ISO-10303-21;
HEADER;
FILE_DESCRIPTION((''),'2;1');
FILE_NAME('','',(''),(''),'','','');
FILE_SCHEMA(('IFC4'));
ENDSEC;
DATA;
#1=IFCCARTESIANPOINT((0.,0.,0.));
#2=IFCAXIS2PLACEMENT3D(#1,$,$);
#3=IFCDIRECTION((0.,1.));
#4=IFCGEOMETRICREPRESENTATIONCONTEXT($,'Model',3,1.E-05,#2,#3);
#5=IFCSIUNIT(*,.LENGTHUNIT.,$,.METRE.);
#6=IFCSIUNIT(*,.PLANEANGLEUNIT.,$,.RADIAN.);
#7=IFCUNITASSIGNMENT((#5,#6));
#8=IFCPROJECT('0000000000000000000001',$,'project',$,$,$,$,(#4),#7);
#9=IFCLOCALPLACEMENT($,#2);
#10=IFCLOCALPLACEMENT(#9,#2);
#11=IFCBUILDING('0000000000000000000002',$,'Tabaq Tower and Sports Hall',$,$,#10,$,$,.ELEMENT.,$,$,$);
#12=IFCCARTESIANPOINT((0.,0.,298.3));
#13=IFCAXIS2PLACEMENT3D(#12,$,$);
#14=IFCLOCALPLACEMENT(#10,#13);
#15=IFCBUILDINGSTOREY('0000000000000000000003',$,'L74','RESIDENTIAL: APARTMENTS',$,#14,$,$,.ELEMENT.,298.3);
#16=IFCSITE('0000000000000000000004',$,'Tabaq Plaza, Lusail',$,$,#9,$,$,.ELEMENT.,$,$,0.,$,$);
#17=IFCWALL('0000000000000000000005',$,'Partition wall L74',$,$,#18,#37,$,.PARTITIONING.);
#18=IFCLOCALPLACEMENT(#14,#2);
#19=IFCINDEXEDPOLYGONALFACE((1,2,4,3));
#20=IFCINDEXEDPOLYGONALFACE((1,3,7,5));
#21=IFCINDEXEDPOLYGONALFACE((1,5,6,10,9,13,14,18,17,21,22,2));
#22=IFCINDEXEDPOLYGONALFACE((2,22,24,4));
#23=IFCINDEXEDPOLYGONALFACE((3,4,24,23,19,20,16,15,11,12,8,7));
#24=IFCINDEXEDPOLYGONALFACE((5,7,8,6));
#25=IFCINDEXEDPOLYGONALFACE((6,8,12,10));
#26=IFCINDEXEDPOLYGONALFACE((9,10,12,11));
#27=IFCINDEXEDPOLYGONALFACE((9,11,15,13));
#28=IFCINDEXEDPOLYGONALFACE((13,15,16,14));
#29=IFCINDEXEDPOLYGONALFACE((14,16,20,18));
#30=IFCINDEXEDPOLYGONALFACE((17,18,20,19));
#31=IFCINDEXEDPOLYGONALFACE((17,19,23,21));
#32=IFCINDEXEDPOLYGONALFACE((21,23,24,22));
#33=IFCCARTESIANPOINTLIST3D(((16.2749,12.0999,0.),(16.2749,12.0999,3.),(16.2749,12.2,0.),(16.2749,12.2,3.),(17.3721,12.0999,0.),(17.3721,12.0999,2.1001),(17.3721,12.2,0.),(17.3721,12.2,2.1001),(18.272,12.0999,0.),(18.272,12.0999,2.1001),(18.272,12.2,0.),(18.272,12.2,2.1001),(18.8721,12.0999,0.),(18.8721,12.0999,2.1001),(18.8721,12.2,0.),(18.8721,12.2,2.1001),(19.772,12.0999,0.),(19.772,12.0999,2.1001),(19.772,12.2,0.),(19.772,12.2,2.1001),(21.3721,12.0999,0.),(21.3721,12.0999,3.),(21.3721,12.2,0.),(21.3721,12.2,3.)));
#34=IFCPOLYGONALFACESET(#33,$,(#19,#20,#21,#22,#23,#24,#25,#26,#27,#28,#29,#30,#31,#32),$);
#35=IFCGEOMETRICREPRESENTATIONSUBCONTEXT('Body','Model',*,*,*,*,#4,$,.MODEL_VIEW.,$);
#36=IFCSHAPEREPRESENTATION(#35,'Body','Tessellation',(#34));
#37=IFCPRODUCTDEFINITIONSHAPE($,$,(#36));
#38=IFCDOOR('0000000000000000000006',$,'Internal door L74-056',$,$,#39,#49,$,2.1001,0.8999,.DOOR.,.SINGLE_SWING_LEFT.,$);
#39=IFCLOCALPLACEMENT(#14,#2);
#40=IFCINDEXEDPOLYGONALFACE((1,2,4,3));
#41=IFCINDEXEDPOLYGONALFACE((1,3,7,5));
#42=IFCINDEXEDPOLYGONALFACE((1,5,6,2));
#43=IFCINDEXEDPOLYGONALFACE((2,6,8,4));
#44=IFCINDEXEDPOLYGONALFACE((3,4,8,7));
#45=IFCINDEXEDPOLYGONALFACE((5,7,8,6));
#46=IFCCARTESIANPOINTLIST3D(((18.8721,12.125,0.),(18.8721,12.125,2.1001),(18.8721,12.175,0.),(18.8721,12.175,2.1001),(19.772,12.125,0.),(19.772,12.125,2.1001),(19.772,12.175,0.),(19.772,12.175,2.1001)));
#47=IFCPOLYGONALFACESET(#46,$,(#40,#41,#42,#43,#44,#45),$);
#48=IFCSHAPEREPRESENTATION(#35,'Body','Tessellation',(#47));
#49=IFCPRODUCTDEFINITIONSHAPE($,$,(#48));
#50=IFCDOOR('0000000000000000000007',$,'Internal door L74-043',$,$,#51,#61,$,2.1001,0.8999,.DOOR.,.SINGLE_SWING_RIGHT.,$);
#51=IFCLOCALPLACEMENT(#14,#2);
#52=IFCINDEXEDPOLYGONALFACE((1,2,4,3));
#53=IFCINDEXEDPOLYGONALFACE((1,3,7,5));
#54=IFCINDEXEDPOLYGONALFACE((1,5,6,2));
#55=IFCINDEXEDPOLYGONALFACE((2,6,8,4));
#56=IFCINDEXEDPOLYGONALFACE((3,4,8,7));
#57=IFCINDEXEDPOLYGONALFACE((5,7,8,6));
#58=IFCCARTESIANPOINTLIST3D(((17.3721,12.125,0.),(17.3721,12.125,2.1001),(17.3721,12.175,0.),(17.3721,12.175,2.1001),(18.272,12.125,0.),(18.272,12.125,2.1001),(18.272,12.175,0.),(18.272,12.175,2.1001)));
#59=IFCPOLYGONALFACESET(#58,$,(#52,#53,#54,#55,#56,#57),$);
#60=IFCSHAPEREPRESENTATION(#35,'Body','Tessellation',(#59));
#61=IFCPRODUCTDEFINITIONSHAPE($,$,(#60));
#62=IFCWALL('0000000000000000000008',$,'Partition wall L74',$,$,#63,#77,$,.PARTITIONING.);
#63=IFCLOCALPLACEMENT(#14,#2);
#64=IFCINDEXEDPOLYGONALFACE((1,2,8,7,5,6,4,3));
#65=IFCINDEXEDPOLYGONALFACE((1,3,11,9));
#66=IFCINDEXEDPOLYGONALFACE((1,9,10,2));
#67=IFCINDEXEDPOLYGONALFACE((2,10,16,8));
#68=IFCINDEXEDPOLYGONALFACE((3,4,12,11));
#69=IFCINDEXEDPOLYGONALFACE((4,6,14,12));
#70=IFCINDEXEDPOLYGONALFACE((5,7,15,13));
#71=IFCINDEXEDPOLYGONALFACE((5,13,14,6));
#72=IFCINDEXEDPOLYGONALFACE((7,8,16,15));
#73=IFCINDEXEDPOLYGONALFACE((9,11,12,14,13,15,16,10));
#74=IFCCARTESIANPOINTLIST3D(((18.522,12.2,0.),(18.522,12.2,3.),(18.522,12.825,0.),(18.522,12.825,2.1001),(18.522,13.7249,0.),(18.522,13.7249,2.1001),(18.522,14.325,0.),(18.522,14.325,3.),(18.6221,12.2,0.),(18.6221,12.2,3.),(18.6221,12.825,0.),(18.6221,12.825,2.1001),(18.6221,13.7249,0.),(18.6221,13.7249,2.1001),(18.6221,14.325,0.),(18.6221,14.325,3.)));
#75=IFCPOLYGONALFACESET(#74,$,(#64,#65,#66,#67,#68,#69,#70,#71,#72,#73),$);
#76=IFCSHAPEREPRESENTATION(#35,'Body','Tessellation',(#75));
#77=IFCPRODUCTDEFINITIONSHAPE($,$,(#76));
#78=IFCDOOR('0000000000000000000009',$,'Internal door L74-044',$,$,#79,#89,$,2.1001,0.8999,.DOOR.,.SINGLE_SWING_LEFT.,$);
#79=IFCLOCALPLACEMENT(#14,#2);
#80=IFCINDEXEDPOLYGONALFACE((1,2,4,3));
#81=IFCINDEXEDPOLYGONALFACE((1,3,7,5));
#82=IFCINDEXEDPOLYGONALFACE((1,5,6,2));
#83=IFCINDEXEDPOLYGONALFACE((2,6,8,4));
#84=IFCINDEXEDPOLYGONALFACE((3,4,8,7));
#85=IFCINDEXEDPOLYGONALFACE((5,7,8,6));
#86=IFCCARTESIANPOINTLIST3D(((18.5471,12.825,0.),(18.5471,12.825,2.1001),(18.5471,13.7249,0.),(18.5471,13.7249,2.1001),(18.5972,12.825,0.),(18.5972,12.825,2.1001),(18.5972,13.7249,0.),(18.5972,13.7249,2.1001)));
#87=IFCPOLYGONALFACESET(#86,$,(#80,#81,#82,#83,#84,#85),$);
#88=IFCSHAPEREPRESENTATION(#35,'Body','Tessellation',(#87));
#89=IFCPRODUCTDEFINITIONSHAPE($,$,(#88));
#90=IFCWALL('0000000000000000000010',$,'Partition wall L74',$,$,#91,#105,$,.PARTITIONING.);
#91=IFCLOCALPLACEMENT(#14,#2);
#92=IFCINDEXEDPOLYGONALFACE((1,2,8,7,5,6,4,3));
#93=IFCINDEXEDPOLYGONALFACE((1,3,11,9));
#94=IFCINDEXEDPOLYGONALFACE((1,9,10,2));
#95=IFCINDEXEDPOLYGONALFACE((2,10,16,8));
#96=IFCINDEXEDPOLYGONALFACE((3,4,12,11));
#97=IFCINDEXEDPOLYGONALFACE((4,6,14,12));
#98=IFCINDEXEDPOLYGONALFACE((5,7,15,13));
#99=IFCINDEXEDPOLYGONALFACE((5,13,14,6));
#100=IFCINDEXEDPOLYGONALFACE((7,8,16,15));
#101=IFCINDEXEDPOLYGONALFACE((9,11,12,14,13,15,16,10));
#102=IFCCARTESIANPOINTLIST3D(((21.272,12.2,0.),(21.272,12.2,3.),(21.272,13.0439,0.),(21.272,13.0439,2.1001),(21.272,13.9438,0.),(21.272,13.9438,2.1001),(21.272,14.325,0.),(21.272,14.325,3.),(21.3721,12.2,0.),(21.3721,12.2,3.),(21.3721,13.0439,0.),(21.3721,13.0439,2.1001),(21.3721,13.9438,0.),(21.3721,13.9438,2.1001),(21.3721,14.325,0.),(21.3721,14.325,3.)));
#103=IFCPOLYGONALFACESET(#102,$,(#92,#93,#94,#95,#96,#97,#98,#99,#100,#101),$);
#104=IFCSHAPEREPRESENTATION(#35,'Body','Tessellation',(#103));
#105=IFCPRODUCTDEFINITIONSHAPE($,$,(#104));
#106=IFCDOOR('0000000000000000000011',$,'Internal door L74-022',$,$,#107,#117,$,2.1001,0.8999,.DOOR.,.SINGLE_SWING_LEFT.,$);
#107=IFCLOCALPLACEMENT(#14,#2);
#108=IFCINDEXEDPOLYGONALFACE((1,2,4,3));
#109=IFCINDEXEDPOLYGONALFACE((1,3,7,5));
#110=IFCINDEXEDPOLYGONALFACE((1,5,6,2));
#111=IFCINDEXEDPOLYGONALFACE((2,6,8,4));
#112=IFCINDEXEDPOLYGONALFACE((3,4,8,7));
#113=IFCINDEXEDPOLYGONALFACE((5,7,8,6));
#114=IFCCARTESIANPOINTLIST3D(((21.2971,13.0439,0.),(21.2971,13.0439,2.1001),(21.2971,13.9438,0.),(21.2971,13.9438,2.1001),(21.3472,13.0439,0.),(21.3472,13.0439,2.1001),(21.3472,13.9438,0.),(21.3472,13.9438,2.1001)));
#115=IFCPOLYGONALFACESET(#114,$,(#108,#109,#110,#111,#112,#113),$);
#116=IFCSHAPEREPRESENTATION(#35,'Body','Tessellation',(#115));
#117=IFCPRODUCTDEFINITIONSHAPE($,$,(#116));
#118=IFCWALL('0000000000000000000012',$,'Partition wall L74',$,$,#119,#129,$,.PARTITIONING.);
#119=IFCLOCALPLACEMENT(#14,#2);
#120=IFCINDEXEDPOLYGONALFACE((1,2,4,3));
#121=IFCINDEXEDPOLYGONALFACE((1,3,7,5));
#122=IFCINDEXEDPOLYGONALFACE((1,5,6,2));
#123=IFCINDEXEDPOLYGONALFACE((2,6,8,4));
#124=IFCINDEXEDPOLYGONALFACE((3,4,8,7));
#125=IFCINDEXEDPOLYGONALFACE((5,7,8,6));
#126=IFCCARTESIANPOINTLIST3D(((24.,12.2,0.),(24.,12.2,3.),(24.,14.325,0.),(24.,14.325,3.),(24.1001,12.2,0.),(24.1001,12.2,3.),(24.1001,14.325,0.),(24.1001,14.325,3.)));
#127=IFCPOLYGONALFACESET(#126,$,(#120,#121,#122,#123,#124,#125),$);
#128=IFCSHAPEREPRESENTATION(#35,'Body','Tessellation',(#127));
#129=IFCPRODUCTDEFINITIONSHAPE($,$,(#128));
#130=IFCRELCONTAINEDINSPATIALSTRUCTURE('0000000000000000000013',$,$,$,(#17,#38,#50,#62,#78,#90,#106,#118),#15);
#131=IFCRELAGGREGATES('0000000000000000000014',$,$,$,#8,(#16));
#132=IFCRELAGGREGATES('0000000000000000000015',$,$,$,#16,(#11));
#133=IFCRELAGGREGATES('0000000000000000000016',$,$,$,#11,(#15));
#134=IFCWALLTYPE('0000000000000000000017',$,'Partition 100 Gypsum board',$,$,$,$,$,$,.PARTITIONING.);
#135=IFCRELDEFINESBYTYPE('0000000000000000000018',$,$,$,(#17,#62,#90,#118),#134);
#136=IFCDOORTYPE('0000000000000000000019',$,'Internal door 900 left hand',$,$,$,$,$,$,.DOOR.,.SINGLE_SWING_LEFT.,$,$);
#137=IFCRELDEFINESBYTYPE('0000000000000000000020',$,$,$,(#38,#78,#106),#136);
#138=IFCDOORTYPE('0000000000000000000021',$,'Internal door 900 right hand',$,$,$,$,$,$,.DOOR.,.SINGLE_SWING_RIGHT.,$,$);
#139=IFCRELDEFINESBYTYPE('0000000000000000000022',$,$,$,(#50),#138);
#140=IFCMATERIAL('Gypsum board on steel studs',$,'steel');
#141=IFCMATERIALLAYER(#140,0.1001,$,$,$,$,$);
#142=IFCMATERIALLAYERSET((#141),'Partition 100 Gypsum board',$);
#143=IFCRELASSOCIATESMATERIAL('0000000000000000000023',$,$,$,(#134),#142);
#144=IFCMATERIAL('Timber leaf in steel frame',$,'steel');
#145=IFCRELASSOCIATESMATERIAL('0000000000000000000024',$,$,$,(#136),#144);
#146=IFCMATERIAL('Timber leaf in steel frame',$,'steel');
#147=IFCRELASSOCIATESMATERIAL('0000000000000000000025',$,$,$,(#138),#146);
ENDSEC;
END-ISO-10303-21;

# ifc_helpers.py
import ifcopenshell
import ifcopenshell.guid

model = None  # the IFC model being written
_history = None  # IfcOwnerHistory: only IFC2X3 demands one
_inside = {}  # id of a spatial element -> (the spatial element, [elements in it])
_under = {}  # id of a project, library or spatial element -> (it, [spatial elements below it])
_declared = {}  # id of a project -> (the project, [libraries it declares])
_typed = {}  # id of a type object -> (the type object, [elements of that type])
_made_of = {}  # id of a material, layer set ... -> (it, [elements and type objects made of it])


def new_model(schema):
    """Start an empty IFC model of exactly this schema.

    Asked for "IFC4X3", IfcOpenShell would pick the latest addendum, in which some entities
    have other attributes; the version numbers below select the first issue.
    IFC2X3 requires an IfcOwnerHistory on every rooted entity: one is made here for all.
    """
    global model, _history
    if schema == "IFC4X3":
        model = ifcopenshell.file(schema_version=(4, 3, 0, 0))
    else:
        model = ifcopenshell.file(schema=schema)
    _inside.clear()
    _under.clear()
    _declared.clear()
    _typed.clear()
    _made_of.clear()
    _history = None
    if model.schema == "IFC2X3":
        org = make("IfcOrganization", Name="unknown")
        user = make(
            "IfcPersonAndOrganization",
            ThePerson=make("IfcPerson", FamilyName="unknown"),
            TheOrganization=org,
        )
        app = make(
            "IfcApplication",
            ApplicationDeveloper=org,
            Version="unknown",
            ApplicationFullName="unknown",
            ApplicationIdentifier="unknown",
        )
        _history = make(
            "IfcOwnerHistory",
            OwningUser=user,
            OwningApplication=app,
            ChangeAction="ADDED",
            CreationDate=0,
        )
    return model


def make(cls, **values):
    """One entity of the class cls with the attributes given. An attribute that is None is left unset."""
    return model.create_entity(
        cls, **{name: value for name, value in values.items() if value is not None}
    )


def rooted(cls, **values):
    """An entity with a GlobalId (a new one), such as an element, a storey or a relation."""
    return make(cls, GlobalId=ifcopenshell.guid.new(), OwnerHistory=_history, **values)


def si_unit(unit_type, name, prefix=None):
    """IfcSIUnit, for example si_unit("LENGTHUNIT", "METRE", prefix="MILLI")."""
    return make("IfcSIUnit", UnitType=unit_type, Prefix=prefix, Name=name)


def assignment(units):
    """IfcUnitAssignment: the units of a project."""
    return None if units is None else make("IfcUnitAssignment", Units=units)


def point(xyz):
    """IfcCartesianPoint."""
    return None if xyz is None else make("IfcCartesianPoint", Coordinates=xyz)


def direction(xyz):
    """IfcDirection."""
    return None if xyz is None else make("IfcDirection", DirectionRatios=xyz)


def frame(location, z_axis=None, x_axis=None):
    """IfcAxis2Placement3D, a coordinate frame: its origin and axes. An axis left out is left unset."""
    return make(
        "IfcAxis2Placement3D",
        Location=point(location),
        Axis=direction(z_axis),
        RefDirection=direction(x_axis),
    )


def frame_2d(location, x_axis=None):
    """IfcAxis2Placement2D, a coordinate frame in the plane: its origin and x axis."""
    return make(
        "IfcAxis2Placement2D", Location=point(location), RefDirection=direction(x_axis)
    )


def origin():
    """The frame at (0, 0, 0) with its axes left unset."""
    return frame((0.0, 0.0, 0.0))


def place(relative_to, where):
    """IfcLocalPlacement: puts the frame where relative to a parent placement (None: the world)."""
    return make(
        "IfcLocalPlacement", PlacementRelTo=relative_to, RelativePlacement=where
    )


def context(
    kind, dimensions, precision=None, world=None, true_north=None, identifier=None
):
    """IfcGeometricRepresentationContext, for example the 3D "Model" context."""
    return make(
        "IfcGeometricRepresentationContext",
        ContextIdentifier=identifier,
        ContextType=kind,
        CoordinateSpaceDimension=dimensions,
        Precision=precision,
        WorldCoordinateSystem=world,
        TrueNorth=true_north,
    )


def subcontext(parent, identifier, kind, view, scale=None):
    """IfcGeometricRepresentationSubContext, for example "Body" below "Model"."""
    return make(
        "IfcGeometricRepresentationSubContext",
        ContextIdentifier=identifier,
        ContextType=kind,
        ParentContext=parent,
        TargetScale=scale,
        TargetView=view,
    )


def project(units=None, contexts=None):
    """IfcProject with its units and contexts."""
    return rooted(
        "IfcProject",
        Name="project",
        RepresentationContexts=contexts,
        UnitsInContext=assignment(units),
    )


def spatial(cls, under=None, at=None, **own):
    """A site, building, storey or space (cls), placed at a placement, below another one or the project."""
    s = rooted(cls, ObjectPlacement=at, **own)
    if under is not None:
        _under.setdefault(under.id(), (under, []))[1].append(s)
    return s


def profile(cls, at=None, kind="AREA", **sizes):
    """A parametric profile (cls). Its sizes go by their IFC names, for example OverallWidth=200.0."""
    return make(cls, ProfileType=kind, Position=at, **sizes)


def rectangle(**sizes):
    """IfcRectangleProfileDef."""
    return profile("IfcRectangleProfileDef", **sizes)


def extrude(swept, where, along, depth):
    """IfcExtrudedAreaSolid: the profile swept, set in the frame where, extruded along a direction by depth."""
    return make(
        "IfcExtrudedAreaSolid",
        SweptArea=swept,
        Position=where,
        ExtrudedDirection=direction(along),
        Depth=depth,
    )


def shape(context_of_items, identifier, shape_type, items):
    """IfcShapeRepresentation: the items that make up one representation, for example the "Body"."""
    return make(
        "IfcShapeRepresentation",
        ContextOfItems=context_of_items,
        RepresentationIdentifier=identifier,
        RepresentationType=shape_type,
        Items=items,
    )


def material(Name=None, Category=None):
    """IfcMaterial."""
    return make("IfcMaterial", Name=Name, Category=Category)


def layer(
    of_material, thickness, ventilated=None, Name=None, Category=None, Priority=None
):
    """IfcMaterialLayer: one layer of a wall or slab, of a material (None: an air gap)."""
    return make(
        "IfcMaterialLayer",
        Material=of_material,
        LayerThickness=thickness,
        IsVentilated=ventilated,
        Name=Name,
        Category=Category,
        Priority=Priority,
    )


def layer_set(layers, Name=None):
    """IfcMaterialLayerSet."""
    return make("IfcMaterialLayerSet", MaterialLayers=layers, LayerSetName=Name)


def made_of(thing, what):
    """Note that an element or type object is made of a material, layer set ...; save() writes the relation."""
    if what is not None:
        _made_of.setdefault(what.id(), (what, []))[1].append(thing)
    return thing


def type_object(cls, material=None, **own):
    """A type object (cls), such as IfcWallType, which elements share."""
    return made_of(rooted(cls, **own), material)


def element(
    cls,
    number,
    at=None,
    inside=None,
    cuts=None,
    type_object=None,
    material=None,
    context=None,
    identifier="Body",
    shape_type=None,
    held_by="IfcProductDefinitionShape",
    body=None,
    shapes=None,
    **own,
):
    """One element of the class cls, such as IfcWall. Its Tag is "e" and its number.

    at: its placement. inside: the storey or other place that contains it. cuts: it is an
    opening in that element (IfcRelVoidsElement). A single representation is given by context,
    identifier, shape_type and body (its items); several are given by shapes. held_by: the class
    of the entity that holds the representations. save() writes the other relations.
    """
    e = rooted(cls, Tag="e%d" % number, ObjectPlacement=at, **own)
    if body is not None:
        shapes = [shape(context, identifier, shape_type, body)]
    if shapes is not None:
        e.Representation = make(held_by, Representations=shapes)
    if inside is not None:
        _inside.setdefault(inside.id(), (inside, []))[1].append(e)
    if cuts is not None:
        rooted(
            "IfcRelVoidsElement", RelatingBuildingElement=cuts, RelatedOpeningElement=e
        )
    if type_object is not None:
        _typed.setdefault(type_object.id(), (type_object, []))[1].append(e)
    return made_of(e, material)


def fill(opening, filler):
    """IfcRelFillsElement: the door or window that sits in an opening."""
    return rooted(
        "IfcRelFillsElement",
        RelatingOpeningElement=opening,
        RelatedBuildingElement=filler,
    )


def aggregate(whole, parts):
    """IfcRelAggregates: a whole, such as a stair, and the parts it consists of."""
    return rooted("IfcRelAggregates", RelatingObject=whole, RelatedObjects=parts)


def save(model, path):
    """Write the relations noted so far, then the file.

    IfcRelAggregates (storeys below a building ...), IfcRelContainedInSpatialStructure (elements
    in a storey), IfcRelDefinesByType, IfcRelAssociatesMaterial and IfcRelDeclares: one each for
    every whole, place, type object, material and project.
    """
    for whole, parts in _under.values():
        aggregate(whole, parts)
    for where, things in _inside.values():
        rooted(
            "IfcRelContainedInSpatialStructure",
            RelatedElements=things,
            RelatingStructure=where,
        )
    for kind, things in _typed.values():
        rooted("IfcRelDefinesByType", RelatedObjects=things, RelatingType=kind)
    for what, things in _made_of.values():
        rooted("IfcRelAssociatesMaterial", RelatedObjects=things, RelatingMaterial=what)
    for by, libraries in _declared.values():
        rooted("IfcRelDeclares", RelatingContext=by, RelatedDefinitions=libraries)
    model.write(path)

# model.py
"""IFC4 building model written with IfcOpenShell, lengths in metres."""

from ifc_helpers import new_model, si_unit, direction, frame, frame_2d, origin, place, context, subcontext, project, spatial, rectangle, extrude, material, layer, layer_set, type_object, element, fill, save


model = new_model("IFC4")

# Units and contexts
model_context = context("Model", 3, precision=1e-05, world=origin(), true_north=direction((0.0, 1.0)))
body_context = subcontext(model_context, "Body", "Model", "MODEL_VIEW")
ifc_project = project(units=[si_unit("LENGTHUNIT", "METRE"), si_unit("PLANEANGLEUNIT", "RADIAN")], contexts=[model_context])

# Site, building, storey
site_placement = place(None, origin())
site = spatial("IfcSite", under=ifc_project, at=site_placement, Name="Tabaq Plaza, Lusail", CompositionType="ELEMENT", RefElevation=0.0)
building_placement = place(site_placement, origin())
building = spatial("IfcBuilding", under=site, at=building_placement, Name="Tabaq Tower and Sports Hall", CompositionType="ELEMENT")
storey_placement = place(building_placement, frame((0.0, 0.0, 298.3)))
storey = spatial("IfcBuildingStorey", under=building, at=storey_placement, Name="L74", Description="RESIDENTIAL: APARTMENTS", CompositionType="ELEMENT", Elevation=298.3)

# Shared definitions
ifc_material_1 = material(Name="Gypsum board on steel studs", Category="steel")
ifc_layer_1 = layer(ifc_material_1, 0.1001)
ifc_layer_set_1 = layer_set([ifc_layer_1], Name="Partition 100 Gypsum board")
wall_type_1 = type_object("IfcWallType", Name="Partition 100 Gypsum board", PredefinedType="PARTITIONING", material=ifc_layer_set_1)

# Wall, openings, doors
wall_1_placement = place(storey_placement, frame((21.3721, 12.1499, 0.0), z_axis=(0.0, 0.0, 1.0), x_axis=(-1.0, 0.0, 0.0)))
wall_1 = element("IfcWall", 1, at=wall_1_placement, inside=storey, type_object=wall_type_1, Name="Partition wall L74", PredefinedType="PARTITIONING", context=body_context, shape_type="SweptSolid", body=[
    extrude(rectangle(XDim=5.0972, YDim=0.1001, at=frame_2d((2.5486, 0.0))), origin(), (0.0, 0.0, 1.0), 3.0),
])
opening_1_placement = place(wall_1_placement, frame((3.1001, 0.0, 0.0)))
opening_1 = element("IfcOpeningElement", 2, at=opening_1_placement, cuts=wall_1, PredefinedType="OPENING", context=body_context, shape_type="SweptSolid", body=[
    extrude(rectangle(XDim=0.8999, YDim=2.1001, at=frame_2d((0.45, 1.05))), frame((0.0, 0.05, 0.0), z_axis=(0.0, -1.0, 0.0), x_axis=(1.0, 0.0, 0.0)), (0.0, 0.0, 1.0), 0.1001),
])
opening_2_placement = place(wall_1_placement, frame((1.6001, 0.0, 0.0)))
opening_2 = element("IfcOpeningElement", 3, at=opening_2_placement, cuts=wall_1, PredefinedType="OPENING", context=body_context, shape_type="SweptSolid", body=[
    extrude(rectangle(XDim=0.8999, YDim=2.1001, at=frame_2d((0.45, 1.05))), frame((0.0, 0.05, 0.0), z_axis=(0.0, -1.0, 0.0), x_axis=(1.0, 0.0, 0.0)), (0.0, 0.0, 1.0), 0.1001),
])
ifc_material_2 = material(Name="Timber leaf in steel frame", Category="steel")
door_type_1 = type_object("IfcDoorType", Name="Internal door 900 left hand", OperationType="SINGLE_SWING_LEFT", PredefinedType="DOOR", material=ifc_material_2)
door_1_placement = place(opening_2_placement, origin())
door_1 = element("IfcDoor", 4, at=door_1_placement, inside=storey, type_object=door_type_1, Name="Internal door L74-056", OperationType="SINGLE_SWING_LEFT", OverallHeight=2.1001, OverallWidth=0.8999, PredefinedType="DOOR", context=body_context, shape_type="SweptSolid", body=[
    extrude(rectangle(XDim=0.8999, YDim=2.1001, at=frame_2d((0.45, 1.05))), frame((0.0, 0.0249, 0.0), z_axis=(0.0, -1.0, 0.0), x_axis=(1.0, 0.0, 0.0)), (0.0, 0.0, 1.0), 0.05),
])
fill(opening_2, door_1)
ifc_material_3 = material(Name="Timber leaf in steel frame", Category="steel")
door_type_2 = type_object("IfcDoorType", Name="Internal door 900 right hand", OperationType="SINGLE_SWING_RIGHT", PredefinedType="DOOR", material=ifc_material_3)
door_2_placement = place(opening_1_placement, origin())
door_2 = element("IfcDoor", 5, at=door_2_placement, inside=storey, type_object=door_type_2, Name="Internal door L74-043", OperationType="SINGLE_SWING_RIGHT", OverallHeight=2.1001, OverallWidth=0.8999, PredefinedType="DOOR", context=body_context, shape_type="SweptSolid", body=[
    extrude(rectangle(XDim=0.8999, YDim=2.1001, at=frame_2d((0.45, 1.05))), frame((0.0, 0.0249, 0.0), z_axis=(0.0, -1.0, 0.0), x_axis=(1.0, 0.0, 0.0)), (0.0, 0.0, 1.0), 0.05),
])
fill(opening_1, door_2)

# Walls, openings, doors
wall_2_placement = place(storey_placement, frame((18.572, 12.2, 0.0), z_axis=(0.0, 0.0, 1.0), x_axis=(0.0, 1.0, 0.0)))
wall_2 = element("IfcWall", 6, at=wall_2_placement, inside=storey, type_object=wall_type_1, Name="Partition wall L74", PredefinedType="PARTITIONING", context=body_context, shape_type="SweptSolid", body=[
    extrude(rectangle(XDim=2.125, YDim=0.1001, at=frame_2d((1.0625, 0.0))), origin(), (0.0, 0.0, 1.0), 3.0),
])
opening_3_placement = place(wall_2_placement, frame((0.625, 0.0, 0.0)))
opening_3 = element("IfcOpeningElement", 7, at=opening_3_placement, cuts=wall_2, PredefinedType="OPENING", context=body_context, shape_type="SweptSolid", body=[
    extrude(rectangle(XDim=0.8999, YDim=2.1001, at=frame_2d((0.45, 1.05))), frame((0.0, 0.05, 0.0), z_axis=(0.0, -1.0, 0.0), x_axis=(1.0, 0.0, 0.0)), (0.0, 0.0, 1.0), 0.1001),
])
door_3_placement = place(opening_3_placement, origin())
door_3 = element("IfcDoor", 8, at=door_3_placement, inside=storey, type_object=door_type_1, Name="Internal door L74-044", OperationType="SINGLE_SWING_LEFT", OverallHeight=2.1001, OverallWidth=0.8999, PredefinedType="DOOR", context=body_context, shape_type="SweptSolid", body=[
    extrude(rectangle(XDim=0.8999, YDim=2.1001, at=frame_2d((0.45, 1.05))), frame((0.0, 0.0249, 0.0), z_axis=(0.0, -1.0, 0.0), x_axis=(1.0, 0.0, 0.0)), (0.0, 0.0, 1.0), 0.05),
])
fill(opening_3, door_3)
wall_3_placement = place(storey_placement, frame((21.322, 12.2, 0.0), z_axis=(0.0, 0.0, 1.0), x_axis=(0.0, 1.0, 0.0)))
wall_3 = element("IfcWall", 9, at=wall_3_placement, inside=storey, type_object=wall_type_1, Name="Partition wall L74", PredefinedType="PARTITIONING", context=body_context, shape_type="SweptSolid", body=[
    extrude(rectangle(XDim=2.125, YDim=0.1001, at=frame_2d((1.0625, 0.0))), origin(), (0.0, 0.0, 1.0), 3.0),
])
opening_4_placement = place(wall_3_placement, frame((0.844, 0.0, 0.0)))
opening_4 = element("IfcOpeningElement", 10, at=opening_4_placement, cuts=wall_3, PredefinedType="OPENING", context=body_context, shape_type="SweptSolid", body=[
    extrude(rectangle(XDim=0.8999, YDim=2.1001, at=frame_2d((0.45, 1.05))), frame((0.0, 0.05, 0.0), z_axis=(0.0, -1.0, 0.0), x_axis=(1.0, 0.0, 0.0)), (0.0, 0.0, 1.0), 0.1001),
])
door_4_placement = place(opening_4_placement, origin())
door_4 = element("IfcDoor", 11, at=door_4_placement, inside=storey, type_object=door_type_1, Name="Internal door L74-022", OperationType="SINGLE_SWING_LEFT", OverallHeight=2.1001, OverallWidth=0.8999, PredefinedType="DOOR", context=body_context, shape_type="SweptSolid", body=[
    extrude(rectangle(XDim=0.8999, YDim=2.1001, at=frame_2d((0.45, 1.05))), frame((0.0, 0.0249, 0.0), z_axis=(0.0, -1.0, 0.0), x_axis=(1.0, 0.0, 0.0)), (0.0, 0.0, 1.0), 0.05),
])
fill(opening_4, door_4)

# Wall
wall_4_placement = place(storey_placement, frame((24.05, 12.2, 0.0), z_axis=(0.0, 0.0, 1.0), x_axis=(0.0, 1.0, 0.0)))
element("IfcWall", 12, at=wall_4_placement, inside=storey, type_object=wall_type_1, Name="Partition wall L74", PredefinedType="PARTITIONING", context=body_context, shape_type="SweptSolid", body=[
    extrude(rectangle(XDim=2.125, YDim=0.1001, at=frame_2d((1.0625, 0.0))), origin(), (0.0, 0.0, 1.0), 3.0),
])

save(model, "model.ifc")
